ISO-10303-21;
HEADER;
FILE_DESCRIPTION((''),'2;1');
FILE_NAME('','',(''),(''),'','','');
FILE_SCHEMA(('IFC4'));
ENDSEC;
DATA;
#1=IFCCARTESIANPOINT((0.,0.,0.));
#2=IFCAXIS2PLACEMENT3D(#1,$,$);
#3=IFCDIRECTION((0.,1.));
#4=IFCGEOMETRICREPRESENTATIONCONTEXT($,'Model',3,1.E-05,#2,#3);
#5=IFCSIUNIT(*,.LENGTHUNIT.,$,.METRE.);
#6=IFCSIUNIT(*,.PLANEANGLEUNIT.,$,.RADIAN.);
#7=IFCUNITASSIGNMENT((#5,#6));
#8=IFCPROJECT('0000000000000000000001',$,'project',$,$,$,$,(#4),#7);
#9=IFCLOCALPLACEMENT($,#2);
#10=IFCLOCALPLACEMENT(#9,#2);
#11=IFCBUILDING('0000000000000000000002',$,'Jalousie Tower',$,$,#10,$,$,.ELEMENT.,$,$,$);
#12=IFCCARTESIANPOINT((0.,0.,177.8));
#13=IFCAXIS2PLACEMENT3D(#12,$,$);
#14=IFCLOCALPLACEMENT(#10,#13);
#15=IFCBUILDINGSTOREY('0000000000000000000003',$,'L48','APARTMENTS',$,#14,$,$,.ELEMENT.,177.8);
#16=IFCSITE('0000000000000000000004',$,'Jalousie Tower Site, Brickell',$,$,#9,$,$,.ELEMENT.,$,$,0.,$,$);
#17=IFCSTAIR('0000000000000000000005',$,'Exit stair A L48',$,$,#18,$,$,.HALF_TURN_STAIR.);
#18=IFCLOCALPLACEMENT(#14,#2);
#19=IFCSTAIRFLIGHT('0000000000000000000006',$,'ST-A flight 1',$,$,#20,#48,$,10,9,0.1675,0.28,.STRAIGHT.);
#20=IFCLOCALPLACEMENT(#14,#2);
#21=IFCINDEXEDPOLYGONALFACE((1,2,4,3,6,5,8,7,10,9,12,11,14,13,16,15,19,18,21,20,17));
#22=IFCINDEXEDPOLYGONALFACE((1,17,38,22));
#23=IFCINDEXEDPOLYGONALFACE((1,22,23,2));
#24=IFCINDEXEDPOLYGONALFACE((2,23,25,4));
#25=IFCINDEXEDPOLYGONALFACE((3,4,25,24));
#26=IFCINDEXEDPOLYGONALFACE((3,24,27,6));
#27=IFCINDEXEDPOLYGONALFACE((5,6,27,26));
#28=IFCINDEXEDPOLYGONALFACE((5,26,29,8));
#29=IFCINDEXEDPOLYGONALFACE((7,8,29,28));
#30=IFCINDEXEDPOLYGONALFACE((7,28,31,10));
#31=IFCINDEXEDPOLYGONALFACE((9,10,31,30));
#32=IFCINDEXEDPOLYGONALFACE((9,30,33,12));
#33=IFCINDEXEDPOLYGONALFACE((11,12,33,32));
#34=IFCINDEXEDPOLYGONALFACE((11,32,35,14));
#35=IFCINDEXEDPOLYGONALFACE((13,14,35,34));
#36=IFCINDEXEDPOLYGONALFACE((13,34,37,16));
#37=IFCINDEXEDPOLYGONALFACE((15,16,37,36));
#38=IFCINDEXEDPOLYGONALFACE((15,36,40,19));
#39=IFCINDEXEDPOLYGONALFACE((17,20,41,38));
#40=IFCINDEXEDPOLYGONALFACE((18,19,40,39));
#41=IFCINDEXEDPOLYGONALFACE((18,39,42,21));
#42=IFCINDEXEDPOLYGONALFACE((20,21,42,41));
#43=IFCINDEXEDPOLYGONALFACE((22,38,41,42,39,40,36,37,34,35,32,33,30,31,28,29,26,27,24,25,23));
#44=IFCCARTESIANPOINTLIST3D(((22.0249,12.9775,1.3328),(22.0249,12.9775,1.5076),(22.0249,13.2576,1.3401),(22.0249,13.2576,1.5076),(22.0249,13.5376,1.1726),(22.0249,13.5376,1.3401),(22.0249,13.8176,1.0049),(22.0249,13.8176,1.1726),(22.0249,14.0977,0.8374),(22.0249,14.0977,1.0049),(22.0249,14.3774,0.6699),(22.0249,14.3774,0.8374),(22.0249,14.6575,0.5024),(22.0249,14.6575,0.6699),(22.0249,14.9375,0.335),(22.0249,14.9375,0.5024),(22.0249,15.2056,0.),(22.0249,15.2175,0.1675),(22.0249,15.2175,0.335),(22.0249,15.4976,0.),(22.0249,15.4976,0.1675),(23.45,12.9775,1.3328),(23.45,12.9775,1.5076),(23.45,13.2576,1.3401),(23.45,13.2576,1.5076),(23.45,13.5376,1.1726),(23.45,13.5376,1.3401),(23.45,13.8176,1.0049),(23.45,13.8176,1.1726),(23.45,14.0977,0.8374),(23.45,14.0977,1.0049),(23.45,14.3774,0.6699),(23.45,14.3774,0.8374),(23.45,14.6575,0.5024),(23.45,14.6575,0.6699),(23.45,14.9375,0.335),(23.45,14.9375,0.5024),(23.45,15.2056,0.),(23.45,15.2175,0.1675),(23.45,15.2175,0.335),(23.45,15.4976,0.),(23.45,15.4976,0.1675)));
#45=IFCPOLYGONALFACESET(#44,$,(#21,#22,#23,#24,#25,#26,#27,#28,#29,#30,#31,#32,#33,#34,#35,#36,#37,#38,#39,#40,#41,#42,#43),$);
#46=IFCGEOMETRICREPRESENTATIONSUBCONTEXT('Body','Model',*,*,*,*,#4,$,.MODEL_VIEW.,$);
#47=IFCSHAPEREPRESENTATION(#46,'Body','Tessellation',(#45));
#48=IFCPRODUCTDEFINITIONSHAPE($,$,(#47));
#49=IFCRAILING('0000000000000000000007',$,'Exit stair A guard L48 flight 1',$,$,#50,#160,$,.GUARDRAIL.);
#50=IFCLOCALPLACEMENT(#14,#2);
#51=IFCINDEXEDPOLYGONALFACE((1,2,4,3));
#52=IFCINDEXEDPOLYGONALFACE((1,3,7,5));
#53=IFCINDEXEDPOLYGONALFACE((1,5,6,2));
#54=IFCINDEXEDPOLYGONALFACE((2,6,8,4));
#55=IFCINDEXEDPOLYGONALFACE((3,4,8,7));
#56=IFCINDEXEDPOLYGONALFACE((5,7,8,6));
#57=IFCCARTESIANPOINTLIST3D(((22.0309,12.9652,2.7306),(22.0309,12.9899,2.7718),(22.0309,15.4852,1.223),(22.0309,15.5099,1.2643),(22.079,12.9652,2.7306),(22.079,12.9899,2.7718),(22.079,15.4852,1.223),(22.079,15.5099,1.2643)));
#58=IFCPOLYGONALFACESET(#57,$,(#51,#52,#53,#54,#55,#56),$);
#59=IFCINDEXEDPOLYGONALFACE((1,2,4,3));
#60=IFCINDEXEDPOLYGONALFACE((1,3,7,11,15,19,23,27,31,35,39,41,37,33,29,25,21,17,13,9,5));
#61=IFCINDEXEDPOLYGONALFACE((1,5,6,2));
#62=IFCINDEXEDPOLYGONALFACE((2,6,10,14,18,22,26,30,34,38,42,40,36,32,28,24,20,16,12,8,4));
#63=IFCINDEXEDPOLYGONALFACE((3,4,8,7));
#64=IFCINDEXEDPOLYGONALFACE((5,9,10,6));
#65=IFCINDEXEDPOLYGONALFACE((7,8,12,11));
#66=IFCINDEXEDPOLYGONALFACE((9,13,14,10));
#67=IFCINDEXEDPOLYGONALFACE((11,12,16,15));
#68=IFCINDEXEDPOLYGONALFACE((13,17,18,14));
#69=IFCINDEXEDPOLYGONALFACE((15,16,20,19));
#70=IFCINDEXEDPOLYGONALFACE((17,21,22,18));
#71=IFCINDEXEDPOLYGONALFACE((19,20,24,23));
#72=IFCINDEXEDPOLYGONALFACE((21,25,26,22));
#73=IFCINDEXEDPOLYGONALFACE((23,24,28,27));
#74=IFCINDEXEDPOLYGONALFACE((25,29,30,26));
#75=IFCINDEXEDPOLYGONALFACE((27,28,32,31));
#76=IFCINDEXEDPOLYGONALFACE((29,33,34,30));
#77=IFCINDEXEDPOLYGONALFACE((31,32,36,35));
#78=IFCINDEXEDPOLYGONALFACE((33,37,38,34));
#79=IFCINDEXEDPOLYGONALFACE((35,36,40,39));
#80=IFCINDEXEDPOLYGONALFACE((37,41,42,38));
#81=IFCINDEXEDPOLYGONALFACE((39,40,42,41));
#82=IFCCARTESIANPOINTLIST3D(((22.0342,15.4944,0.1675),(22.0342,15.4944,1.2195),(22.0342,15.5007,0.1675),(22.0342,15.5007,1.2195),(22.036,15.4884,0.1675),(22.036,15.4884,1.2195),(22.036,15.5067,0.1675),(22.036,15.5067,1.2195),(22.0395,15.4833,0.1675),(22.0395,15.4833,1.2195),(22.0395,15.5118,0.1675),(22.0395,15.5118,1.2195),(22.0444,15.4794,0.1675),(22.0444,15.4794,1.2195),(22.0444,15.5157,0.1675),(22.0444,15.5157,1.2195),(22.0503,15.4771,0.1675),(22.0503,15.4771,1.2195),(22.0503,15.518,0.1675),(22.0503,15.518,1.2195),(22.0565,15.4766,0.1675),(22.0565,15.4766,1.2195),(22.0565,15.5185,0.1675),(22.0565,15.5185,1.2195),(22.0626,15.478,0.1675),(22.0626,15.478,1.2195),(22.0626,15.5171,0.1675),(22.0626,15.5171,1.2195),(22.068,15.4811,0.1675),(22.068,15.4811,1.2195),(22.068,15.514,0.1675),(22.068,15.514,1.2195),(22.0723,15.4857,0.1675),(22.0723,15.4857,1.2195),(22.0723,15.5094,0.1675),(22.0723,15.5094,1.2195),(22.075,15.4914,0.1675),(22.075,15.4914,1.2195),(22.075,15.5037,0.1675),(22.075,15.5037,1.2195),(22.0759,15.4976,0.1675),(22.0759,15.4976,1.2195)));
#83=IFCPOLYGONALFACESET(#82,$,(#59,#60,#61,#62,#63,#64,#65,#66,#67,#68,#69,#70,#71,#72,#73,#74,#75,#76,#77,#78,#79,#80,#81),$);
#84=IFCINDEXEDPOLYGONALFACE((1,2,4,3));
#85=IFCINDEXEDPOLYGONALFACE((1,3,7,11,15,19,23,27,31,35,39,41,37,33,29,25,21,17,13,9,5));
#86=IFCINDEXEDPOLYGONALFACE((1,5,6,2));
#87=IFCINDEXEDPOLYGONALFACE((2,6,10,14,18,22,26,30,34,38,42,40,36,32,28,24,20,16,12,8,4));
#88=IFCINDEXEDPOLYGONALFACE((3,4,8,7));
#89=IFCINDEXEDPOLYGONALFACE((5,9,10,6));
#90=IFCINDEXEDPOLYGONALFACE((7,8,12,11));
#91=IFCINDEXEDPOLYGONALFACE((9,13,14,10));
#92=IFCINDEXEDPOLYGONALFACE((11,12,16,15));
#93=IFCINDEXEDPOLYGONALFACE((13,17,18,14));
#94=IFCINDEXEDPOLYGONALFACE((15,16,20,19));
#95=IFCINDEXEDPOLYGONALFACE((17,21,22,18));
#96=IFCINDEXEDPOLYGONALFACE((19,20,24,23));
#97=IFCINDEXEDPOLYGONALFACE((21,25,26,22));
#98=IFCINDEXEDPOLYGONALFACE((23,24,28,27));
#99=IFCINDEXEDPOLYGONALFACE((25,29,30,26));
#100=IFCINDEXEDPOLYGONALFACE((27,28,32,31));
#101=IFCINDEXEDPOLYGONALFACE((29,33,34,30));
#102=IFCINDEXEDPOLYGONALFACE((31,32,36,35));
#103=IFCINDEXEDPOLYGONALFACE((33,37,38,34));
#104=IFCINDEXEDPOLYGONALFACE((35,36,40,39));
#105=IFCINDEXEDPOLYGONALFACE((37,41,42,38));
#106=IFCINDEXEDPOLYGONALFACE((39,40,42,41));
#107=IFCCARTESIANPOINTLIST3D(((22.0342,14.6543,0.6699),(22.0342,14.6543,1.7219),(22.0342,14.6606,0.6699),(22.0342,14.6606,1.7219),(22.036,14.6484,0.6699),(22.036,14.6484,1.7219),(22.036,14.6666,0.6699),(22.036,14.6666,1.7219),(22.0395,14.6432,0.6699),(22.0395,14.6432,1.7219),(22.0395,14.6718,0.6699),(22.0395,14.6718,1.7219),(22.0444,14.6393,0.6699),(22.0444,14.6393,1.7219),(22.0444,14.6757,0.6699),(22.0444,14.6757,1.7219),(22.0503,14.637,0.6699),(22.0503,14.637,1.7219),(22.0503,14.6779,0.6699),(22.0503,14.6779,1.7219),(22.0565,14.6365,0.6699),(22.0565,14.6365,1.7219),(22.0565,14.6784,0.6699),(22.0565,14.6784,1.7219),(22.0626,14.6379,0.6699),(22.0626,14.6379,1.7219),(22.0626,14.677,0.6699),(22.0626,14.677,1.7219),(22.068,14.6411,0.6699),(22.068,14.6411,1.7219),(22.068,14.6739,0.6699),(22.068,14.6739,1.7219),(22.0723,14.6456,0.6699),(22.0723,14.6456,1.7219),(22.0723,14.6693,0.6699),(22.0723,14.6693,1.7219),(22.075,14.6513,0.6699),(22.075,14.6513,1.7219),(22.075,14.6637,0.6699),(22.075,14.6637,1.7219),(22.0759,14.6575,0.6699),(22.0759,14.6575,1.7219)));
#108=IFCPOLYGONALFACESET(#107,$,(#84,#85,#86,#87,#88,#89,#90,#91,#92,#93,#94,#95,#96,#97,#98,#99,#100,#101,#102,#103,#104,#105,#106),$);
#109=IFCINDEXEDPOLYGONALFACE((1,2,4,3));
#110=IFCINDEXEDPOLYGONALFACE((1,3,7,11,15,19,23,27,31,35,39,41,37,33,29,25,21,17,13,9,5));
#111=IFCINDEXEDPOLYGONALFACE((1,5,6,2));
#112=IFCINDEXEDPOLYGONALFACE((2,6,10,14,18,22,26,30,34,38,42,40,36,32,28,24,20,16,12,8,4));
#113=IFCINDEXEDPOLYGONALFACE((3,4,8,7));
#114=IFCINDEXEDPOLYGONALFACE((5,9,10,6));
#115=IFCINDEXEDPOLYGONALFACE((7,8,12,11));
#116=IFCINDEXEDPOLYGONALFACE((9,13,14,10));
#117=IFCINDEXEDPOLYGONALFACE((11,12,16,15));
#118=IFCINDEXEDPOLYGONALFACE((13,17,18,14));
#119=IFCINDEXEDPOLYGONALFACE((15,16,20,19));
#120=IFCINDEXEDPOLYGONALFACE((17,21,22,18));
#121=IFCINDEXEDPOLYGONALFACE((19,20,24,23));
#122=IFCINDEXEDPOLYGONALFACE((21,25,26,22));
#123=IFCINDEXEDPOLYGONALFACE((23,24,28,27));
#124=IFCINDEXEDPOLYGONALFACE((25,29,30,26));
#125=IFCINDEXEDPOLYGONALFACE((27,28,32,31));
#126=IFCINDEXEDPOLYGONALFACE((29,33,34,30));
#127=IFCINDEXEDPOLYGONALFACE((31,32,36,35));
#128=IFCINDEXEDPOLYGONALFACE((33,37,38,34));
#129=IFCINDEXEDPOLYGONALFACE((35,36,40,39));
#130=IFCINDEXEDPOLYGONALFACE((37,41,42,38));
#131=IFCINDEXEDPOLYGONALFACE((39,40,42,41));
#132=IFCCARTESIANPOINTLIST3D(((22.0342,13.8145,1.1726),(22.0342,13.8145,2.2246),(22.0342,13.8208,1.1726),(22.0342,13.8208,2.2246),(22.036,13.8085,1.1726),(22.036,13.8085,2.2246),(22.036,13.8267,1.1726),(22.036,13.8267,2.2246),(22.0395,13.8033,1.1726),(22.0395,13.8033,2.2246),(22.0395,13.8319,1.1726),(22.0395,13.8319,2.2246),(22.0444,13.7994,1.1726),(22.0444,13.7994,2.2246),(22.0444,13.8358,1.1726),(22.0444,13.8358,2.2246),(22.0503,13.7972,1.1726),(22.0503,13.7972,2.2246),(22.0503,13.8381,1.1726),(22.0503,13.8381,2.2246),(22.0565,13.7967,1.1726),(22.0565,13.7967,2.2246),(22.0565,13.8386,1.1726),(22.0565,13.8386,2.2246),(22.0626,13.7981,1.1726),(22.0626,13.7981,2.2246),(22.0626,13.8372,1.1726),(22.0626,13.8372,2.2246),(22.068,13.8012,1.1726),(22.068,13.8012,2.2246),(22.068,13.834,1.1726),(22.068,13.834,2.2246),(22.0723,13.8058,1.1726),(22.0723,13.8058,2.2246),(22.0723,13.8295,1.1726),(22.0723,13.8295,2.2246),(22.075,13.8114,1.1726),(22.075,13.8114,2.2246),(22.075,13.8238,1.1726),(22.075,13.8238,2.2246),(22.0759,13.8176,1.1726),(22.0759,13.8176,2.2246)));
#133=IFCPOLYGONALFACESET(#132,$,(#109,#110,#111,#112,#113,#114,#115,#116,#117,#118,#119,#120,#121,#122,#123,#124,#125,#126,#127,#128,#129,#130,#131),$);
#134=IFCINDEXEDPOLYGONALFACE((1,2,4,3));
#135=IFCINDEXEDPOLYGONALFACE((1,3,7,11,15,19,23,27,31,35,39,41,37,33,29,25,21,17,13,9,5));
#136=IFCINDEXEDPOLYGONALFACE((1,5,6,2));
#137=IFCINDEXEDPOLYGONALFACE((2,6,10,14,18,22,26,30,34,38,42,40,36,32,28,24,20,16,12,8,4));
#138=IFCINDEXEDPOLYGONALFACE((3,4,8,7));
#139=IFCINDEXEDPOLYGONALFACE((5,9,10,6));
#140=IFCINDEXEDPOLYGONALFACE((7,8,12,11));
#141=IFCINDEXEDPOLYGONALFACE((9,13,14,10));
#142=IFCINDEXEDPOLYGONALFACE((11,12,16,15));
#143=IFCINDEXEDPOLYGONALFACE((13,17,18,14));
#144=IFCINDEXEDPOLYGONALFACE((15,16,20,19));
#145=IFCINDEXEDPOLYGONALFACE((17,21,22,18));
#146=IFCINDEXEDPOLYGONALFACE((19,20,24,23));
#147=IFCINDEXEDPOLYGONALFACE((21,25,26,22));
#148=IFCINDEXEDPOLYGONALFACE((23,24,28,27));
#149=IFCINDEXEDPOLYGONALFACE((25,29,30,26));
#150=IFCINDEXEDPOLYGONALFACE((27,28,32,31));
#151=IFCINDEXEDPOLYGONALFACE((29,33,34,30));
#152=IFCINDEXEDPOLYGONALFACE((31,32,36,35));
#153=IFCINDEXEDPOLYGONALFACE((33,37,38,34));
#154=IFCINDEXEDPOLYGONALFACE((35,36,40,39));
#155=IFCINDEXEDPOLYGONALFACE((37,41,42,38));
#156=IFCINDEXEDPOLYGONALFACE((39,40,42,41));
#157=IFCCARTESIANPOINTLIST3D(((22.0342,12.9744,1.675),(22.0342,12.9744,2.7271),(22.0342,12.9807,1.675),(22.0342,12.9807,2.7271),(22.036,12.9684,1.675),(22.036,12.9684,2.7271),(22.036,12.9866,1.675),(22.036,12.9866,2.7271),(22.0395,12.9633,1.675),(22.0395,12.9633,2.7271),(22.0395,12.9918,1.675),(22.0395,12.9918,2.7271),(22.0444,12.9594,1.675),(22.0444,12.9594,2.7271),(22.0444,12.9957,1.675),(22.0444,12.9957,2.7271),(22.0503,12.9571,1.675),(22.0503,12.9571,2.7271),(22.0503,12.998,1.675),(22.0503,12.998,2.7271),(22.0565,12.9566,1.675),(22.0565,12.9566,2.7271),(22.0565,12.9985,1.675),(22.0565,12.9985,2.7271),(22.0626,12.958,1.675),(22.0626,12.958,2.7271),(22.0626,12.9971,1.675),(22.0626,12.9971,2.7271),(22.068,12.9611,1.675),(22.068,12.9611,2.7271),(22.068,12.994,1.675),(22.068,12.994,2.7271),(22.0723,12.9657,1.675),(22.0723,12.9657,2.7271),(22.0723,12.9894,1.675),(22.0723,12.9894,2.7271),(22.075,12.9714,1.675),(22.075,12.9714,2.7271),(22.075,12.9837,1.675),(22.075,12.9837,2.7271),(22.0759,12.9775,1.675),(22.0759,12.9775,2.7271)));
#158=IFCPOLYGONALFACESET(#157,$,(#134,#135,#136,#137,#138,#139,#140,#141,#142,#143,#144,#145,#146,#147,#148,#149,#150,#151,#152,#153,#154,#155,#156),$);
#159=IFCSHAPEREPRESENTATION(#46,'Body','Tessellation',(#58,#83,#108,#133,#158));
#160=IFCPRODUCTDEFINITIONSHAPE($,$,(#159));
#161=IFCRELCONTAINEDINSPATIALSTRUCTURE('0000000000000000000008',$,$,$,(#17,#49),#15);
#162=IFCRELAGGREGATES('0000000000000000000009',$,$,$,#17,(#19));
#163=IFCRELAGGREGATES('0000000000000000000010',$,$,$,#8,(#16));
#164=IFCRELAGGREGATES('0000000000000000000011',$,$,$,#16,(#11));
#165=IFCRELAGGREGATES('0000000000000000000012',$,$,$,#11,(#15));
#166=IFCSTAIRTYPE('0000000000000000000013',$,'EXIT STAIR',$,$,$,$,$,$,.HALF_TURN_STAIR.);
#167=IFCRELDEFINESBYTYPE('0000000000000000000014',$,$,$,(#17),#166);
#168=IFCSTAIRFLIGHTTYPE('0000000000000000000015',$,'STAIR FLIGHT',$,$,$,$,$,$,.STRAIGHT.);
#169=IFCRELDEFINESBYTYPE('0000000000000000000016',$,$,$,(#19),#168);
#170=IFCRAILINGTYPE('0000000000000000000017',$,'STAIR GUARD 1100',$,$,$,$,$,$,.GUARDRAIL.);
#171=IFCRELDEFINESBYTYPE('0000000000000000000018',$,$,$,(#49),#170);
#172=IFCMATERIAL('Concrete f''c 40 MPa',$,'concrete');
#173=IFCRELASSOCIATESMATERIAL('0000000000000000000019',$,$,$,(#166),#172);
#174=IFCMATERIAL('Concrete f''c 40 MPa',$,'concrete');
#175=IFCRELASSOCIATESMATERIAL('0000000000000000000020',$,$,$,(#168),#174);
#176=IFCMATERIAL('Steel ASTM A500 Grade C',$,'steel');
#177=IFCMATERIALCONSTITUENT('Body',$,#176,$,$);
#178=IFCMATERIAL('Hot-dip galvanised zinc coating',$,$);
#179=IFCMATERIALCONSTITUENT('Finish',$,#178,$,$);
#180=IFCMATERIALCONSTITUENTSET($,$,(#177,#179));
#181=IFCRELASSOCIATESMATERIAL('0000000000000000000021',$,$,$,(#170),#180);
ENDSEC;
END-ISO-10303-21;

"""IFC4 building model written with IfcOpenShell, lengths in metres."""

from ifc_helpers import new_model, si_unit, direction, frame, origin, origin_2d, place, context, subcontext, project, spatial, polyline, rectangle, circle, outline, extrude, material, constituent, constituent_set, type_object, element, aggregate, save


model = new_model("IFC4")

# Units and contexts
model_context = context("Model", 3, precision=1e-05, world=origin(), true_north=direction((0.0, 1.0)))
body_context = subcontext(model_context, "Body", "Model", "MODEL_VIEW")
ifc_project = project(units=[si_unit("LENGTHUNIT", "METRE"), si_unit("PLANEANGLEUNIT", "RADIAN")], contexts=[model_context])

# Site, building, storey
site_placement = place(None, origin())
site = spatial("IfcSite", under=ifc_project, at=site_placement, Name="Jalousie Tower Site, Brickell", CompositionType="ELEMENT", RefElevation=0.0)
building_placement = place(site_placement, origin())
building = spatial("IfcBuilding", under=site, at=building_placement, Name="Jalousie Tower", CompositionType="ELEMENT")
storey_placement = place(building_placement, frame((0.0, 0.0, 177.8)))
storey = spatial("IfcBuildingStorey", under=building, at=storey_placement, Name="L48", Description="APARTMENTS", CompositionType="ELEMENT", Elevation=177.8)

# Stair, stair flight
ifc_material_1 = material(Name="Concrete f'c 40 MPa", Category="concrete")
stair_type = type_object("IfcStairType", Name="EXIT STAIR", PredefinedType="HALF_TURN_STAIR", material=ifc_material_1)
stair_placement = place(storey_placement, origin())
stair = element("IfcStair", 1, at=stair_placement, inside=storey, type_object=stair_type, Name="Exit stair A L48", PredefinedType="HALF_TURN_STAIR")
ifc_material_2 = material(Name="Concrete f'c 40 MPa", Category="concrete")
stair_flight_type = type_object("IfcStairFlightType", Name="STAIR FLIGHT", PredefinedType="STRAIGHT", material=ifc_material_2)
stair_flight_placement = place(storey_placement, frame((22.7375, 15.4976, 0.0), z_axis=(0.0, 0.0, 1.0), x_axis=(0.0, -1.0, 0.0)))
stair_flight = element("IfcStairFlight", 2, at=stair_flight_placement, type_object=stair_flight_type, Name="ST-A flight 1", NumberOfRisers=10, NumberOfTreads=9, PredefinedType="STRAIGHT", RiserHeight=0.1675, TreadLength=0.28, context=body_context, shape_type="SweptSolid", body=[
    extrude(outline(polyline([(0.0, 0.0), (0.0, 0.1675), (0.28, 0.1675), (0.28, 0.335), (0.5601, 0.335), (0.5601, 0.5024), (0.8401, 0.5024), (0.8401, 0.6699), (1.1201, 0.6699), (1.1201, 0.8374), (1.3999, 0.8374), (1.3999, 1.0049), (1.6799, 1.0049), (1.6799, 1.1726), (1.96, 1.1726), (1.96, 1.3401), (2.24, 1.3401), (2.24, 1.5076), (2.52, 1.5076), (2.52, 1.675), (2.52, 1.3328), (0.292, 0.0), (0.0, 0.0)])), frame((0.0, 0.7124, 0.0), z_axis=(0.0, -1.0, 0.0), x_axis=(1.0, 0.0, 0.0)), (0.0, 0.0, 1.0), 1.425),
])
aggregate(stair, [stair_flight])

# Railing
ifc_material_3 = material(Name="Steel ASTM A500 Grade C", Category="steel")
ifc_constituent_1 = constituent(ifc_material_3, Name="Body")
ifc_material_4 = material(Name="Hot-dip galvanised zinc coating")
ifc_constituent_2 = constituent(ifc_material_4, Name="Finish")
ifc_constituent_set_1 = constituent_set(constituents=[ifc_constituent_1, ifc_constituent_2])
railing_type_1 = type_object("IfcRailingType", Name="STAIR GUARD 1100", PredefinedType="GUARDRAIL", material=ifc_constituent_set_1)
railing_1_placement = place(storey_placement, frame((22.0549, 15.4976, 0.1675)))
element("IfcRailing", 3, at=railing_1_placement, inside=storey, type_object=railing_type_1, Name="Exit stair A guard L48 flight 1", PredefinedType="GUARDRAIL", context=body_context, shape_type="SweptSolid", body=[
    extrude(rectangle(XDim=0.0481, YDim=0.0481, at=origin_2d()), frame((0.0, 0.0, 1.0762), z_axis=(0.0, -0.85816, 0.513383), x_axis=(1.0, 0.0, 0.0)), (0.0, 0.0, 1.0), 2.9365),
    extrude(circle(Radius=0.021, at=origin_2d()), origin(), (0.0, 0.0, 1.0), 1.052),
    extrude(circle(Radius=0.021, at=origin_2d()), frame((0.0, -0.8401, 0.5024)), (0.0, 0.0, 1.0), 1.052),
    extrude(circle(Radius=0.021, at=origin_2d()), frame((0.0, -1.6799, 1.0051)), (0.0, 0.0, 1.0), 1.052),
    extrude(circle(Radius=0.021, at=origin_2d()), frame((0.0, -2.52, 1.5076)), (0.0, 0.0, 1.0), 1.052),
])

save(model, "model.ifc")
